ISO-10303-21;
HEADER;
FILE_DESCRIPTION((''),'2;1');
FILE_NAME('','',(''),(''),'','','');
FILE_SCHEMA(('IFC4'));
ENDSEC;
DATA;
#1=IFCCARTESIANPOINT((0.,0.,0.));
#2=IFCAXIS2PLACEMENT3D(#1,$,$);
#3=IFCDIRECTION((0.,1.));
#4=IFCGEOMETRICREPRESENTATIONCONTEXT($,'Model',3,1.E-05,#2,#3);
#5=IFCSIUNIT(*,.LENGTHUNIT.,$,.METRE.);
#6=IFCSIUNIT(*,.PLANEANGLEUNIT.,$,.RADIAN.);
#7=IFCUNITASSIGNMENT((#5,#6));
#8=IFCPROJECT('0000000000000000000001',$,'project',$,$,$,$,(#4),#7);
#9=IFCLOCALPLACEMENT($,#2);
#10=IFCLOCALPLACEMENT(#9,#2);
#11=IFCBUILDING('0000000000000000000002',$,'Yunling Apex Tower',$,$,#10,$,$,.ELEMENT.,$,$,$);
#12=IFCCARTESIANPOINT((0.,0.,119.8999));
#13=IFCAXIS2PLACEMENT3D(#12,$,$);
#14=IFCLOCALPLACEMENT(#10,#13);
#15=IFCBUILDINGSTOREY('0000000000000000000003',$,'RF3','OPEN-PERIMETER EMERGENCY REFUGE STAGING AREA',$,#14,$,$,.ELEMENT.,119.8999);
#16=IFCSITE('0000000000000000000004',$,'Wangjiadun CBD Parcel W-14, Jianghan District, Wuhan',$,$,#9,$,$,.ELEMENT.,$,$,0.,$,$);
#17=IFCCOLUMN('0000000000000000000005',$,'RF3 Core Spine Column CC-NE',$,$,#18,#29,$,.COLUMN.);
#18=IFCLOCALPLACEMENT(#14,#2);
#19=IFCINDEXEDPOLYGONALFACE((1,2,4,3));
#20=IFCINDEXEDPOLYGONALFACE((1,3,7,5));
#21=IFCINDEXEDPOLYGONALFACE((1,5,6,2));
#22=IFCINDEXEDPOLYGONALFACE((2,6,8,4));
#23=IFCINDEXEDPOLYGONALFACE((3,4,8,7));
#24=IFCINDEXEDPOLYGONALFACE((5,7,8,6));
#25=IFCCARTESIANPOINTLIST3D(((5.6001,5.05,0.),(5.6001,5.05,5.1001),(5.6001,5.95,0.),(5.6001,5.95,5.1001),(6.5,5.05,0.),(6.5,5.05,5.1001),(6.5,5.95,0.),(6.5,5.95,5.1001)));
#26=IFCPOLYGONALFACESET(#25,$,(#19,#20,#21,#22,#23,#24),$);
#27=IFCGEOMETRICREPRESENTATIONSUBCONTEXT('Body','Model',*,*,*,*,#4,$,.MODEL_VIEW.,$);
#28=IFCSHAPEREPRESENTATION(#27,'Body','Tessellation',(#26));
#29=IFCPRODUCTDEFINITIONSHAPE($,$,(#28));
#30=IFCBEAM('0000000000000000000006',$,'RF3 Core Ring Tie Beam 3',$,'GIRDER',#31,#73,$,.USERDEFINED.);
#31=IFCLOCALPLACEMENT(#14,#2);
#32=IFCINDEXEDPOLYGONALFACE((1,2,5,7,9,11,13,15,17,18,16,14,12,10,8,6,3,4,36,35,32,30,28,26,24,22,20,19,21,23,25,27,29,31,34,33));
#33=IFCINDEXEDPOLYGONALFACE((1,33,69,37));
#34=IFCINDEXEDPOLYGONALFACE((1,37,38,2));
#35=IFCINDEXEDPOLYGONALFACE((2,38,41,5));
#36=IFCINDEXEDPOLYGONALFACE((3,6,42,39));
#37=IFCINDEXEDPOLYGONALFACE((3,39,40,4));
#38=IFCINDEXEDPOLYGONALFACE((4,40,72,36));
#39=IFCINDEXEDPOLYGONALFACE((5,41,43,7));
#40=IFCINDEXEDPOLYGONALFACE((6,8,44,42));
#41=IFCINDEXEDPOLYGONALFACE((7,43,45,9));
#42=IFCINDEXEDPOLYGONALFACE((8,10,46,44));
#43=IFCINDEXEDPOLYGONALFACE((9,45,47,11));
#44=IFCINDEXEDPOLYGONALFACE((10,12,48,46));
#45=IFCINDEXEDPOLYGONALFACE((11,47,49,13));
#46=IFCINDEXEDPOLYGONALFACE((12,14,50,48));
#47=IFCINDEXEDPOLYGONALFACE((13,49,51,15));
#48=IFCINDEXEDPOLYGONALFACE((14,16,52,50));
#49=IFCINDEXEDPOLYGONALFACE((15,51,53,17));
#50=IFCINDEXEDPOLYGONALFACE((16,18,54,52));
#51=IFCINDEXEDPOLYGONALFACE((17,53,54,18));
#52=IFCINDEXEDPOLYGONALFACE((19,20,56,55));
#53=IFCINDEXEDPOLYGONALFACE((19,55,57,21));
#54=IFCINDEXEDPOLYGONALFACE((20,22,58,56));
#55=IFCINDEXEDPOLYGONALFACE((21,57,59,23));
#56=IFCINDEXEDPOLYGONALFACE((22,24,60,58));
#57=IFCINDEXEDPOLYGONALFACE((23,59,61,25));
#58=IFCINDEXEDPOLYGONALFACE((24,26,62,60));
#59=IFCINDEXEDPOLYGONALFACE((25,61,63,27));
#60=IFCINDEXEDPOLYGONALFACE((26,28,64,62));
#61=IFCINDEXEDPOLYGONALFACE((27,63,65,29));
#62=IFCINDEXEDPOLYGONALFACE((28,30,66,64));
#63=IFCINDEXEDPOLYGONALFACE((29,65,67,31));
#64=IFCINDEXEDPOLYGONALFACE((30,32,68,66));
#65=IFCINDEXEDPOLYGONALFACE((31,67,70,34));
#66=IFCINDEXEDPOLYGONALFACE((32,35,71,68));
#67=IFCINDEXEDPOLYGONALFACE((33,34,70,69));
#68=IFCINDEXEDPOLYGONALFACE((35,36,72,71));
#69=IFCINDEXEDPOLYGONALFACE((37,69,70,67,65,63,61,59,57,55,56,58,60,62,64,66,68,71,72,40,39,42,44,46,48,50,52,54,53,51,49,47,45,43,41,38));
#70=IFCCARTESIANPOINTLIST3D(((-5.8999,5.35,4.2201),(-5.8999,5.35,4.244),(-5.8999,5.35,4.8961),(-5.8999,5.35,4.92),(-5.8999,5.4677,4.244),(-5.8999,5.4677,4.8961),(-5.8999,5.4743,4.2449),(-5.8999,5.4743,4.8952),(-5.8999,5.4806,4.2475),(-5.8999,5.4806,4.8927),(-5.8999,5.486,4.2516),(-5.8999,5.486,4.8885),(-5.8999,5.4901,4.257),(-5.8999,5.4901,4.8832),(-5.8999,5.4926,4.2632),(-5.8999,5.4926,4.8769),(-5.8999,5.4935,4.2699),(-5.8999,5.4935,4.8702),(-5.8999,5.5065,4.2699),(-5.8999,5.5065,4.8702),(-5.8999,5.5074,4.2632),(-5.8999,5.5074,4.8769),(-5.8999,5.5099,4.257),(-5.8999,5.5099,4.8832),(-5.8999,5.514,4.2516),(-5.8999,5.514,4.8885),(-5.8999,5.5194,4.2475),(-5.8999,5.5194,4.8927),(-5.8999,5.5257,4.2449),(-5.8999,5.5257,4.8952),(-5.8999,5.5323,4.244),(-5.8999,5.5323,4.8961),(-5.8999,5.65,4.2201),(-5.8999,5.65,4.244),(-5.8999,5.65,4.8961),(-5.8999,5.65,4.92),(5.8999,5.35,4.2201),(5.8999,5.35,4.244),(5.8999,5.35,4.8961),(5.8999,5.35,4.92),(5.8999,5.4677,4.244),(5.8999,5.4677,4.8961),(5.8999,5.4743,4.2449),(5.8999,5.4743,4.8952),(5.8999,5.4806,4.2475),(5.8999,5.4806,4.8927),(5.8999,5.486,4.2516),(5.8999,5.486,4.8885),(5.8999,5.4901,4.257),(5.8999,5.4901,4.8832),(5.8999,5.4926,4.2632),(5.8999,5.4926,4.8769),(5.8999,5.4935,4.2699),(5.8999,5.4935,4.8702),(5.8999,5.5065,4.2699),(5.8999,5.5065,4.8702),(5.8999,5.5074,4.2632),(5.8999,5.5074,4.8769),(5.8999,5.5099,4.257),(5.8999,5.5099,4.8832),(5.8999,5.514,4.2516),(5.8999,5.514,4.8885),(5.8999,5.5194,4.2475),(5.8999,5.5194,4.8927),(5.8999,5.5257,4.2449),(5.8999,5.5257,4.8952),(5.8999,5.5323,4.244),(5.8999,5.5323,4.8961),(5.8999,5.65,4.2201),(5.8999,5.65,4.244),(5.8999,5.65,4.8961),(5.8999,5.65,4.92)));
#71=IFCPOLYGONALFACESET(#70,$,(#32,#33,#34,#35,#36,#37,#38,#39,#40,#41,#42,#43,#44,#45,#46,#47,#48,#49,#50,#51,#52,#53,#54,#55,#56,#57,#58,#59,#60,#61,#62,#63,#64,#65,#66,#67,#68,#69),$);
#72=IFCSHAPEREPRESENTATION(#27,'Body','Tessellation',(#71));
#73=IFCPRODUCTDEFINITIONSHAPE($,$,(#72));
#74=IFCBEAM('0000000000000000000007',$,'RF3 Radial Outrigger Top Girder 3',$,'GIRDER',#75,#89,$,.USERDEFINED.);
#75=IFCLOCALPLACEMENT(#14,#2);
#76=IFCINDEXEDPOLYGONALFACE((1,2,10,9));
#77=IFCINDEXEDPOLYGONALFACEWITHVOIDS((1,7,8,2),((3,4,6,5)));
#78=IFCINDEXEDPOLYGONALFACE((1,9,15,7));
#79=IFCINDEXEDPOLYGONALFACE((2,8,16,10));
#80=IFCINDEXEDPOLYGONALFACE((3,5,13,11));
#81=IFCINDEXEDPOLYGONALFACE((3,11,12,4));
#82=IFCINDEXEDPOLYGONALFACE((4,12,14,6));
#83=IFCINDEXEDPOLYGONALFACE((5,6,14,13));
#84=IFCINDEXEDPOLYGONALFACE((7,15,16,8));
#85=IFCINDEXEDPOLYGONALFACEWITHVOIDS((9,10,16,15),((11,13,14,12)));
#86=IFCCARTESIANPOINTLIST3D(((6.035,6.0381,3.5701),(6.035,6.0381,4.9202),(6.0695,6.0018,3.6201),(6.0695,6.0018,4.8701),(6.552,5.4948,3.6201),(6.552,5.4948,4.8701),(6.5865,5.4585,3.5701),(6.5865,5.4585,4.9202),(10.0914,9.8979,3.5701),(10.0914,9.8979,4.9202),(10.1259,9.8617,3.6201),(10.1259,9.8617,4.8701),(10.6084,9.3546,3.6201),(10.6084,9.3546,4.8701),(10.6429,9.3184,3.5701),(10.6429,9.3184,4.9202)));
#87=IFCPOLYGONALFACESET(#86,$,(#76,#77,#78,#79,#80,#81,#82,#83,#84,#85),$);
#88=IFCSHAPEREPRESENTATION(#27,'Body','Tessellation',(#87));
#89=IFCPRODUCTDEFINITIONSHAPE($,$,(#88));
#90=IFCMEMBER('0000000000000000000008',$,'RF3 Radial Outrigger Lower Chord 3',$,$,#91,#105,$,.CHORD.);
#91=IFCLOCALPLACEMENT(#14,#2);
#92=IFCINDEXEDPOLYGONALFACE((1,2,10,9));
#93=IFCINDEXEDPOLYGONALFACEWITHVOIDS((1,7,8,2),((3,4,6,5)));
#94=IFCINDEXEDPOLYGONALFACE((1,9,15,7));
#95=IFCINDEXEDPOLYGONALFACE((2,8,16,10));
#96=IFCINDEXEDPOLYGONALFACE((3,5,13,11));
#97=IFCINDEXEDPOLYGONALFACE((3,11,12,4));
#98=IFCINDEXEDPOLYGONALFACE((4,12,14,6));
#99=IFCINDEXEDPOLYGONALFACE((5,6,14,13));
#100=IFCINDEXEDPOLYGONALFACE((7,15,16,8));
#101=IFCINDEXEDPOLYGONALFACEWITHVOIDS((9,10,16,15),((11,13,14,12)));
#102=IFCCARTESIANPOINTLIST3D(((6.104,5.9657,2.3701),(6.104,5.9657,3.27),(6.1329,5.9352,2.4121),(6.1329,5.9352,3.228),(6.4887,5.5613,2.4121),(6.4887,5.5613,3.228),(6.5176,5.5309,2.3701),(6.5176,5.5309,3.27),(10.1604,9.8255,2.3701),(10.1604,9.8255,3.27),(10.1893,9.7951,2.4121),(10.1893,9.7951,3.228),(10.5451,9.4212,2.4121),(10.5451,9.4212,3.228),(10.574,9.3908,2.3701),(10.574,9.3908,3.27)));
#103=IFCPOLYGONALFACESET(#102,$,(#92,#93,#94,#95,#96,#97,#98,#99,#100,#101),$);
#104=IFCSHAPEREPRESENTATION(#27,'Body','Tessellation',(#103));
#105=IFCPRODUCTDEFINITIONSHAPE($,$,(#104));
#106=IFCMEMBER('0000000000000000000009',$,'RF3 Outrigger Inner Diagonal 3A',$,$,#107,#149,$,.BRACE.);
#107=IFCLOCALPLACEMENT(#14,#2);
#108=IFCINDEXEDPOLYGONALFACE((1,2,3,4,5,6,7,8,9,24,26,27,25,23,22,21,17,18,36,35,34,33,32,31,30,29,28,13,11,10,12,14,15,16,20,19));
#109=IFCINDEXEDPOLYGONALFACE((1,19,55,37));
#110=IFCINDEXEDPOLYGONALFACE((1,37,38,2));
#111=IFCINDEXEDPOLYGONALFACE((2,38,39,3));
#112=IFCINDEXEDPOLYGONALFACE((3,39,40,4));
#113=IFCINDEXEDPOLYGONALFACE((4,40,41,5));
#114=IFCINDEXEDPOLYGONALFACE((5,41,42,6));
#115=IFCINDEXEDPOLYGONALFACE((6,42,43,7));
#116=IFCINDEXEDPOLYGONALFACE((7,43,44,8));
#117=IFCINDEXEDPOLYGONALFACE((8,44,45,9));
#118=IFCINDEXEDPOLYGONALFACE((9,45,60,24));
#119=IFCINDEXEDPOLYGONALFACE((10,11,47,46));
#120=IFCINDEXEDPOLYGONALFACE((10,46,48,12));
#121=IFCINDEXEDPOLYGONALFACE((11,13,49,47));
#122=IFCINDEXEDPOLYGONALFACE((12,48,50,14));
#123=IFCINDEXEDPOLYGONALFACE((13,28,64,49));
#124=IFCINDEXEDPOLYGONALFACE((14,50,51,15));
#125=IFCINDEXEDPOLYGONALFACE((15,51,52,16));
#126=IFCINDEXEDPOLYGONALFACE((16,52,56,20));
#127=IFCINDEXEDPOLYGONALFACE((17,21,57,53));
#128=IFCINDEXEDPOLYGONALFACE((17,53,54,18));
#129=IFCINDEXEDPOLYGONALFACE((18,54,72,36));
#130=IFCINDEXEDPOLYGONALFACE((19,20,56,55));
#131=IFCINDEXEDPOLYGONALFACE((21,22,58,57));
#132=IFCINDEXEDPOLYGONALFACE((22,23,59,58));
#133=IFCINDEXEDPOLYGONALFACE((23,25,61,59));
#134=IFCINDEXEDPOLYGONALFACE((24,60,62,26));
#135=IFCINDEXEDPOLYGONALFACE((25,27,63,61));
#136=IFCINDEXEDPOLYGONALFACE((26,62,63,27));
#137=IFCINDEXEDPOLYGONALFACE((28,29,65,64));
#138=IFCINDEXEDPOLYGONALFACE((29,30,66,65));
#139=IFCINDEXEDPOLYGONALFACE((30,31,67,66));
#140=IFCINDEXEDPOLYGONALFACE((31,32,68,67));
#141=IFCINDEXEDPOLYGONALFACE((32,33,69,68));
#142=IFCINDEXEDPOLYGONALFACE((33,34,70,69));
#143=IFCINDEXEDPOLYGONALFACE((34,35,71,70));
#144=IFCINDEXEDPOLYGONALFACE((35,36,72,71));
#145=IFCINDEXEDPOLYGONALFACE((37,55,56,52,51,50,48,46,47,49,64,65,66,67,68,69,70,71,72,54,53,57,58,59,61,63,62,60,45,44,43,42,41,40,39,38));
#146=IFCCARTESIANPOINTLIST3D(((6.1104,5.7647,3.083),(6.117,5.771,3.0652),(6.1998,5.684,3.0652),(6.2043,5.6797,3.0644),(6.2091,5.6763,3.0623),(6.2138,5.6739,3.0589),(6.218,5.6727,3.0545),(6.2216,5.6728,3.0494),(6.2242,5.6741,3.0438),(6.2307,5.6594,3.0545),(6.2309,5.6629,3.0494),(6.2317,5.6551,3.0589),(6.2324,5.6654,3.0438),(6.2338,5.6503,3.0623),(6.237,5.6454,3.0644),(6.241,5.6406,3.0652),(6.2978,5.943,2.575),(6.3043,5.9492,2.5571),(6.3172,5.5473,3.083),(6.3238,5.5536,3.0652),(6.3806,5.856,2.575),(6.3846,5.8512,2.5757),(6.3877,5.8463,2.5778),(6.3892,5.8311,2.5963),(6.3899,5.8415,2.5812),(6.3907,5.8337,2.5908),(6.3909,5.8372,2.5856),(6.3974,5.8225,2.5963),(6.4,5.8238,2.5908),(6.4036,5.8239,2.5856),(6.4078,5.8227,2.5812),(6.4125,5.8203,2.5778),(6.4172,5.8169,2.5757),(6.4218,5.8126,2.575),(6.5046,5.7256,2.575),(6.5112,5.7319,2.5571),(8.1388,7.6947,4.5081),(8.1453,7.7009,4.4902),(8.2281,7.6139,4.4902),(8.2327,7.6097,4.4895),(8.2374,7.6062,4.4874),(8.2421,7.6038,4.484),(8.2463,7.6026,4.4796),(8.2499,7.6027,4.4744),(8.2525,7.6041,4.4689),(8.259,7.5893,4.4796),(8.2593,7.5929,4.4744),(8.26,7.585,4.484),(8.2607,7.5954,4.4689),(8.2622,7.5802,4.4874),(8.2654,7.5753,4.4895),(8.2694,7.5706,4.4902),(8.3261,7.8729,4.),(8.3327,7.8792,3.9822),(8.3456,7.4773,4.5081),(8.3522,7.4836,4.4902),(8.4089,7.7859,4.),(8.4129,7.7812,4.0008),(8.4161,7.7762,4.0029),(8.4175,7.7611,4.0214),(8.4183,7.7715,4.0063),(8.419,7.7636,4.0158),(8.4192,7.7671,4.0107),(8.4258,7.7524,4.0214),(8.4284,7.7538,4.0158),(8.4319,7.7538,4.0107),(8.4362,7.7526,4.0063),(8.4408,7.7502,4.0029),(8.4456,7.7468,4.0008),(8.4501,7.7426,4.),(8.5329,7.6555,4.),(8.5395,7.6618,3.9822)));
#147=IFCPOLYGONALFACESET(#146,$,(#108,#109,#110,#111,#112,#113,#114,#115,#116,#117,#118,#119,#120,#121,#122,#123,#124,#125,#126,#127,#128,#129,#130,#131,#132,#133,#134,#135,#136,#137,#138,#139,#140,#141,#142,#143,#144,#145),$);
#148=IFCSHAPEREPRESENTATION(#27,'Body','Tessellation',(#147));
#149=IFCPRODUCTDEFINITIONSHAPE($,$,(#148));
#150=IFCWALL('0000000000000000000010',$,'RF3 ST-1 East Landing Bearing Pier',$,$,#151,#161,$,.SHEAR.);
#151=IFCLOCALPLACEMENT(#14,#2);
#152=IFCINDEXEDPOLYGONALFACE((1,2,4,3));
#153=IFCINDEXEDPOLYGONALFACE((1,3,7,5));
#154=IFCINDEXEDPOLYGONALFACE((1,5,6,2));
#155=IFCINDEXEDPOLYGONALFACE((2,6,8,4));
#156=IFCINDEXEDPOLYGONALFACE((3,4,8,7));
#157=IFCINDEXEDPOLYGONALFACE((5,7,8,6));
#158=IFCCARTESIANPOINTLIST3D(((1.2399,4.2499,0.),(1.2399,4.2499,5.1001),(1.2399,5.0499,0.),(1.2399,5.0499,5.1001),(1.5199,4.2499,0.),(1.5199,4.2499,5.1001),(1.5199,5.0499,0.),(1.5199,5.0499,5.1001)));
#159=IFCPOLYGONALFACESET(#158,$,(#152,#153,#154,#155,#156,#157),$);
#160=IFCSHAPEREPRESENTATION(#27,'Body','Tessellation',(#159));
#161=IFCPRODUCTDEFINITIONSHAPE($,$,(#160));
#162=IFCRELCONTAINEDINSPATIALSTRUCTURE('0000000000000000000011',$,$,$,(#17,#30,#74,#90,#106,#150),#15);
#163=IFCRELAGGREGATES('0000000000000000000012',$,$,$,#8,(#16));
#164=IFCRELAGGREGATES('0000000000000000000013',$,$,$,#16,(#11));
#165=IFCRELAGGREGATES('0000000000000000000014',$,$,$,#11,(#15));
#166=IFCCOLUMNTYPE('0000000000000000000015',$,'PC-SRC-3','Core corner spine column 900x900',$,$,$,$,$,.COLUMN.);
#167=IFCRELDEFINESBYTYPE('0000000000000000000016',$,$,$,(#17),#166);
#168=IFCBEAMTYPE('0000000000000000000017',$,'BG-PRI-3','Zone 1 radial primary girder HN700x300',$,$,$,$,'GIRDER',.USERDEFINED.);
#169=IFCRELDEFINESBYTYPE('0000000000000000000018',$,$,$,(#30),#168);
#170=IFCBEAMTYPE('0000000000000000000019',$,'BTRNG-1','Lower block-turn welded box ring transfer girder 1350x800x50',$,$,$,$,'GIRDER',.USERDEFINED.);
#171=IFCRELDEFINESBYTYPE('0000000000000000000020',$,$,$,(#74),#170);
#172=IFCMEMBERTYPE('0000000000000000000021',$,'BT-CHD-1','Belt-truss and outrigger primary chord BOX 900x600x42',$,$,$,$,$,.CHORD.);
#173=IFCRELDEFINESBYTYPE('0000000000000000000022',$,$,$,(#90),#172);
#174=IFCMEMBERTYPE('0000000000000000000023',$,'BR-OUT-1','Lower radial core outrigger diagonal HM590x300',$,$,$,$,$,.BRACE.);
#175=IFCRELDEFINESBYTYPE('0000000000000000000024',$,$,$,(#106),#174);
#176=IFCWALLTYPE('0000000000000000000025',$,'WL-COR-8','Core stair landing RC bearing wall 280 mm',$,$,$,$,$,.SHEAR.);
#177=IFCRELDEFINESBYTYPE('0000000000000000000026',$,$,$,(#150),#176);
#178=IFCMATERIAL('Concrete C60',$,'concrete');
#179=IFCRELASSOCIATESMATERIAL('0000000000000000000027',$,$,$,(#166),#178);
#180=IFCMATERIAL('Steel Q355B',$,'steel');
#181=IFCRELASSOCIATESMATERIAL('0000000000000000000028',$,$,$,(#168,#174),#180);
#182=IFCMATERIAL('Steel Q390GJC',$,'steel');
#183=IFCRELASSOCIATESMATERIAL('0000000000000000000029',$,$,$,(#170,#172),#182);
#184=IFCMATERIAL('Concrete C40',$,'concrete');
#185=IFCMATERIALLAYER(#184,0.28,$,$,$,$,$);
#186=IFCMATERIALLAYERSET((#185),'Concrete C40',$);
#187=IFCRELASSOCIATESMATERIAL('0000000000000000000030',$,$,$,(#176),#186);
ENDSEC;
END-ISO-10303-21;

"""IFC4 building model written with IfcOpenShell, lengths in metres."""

from ifc_helpers import new_model, si_unit, direction, frame, frame_2d, origin, origin_2d, place, context, subcontext, project, spatial, rectangle, hollow_rectangle, i_section, extrude, source, transform, mapped, material, layer, layer_set, material_profile, profile_set, type_object, element, save


model = new_model("IFC4")

# Units and contexts
model_context = context("Model", 3, precision=1e-05, world=origin(), true_north=direction((0.0, 1.0)))
body_context = subcontext(model_context, "Body", "Model", "MODEL_VIEW")
ifc_project = project(units=[si_unit("LENGTHUNIT", "METRE"), si_unit("PLANEANGLEUNIT", "RADIAN")], contexts=[model_context])

# Site, building, storey
site_placement = place(None, origin())
site = spatial("IfcSite", under=ifc_project, at=site_placement, Name="Wangjiadun CBD Parcel W-14, Jianghan District, Wuhan", CompositionType="ELEMENT", RefElevation=0.0)
building_placement = place(site_placement, origin())
building = spatial("IfcBuilding", under=site, at=building_placement, Name="Yunling Apex Tower", CompositionType="ELEMENT")
storey_placement = place(building_placement, frame((0.0, 0.0, 119.8999)))
storey = spatial("IfcBuildingStorey", under=building, at=storey_placement, Name="RF3", Description="OPEN-PERIMETER EMERGENCY REFUGE STAGING AREA", CompositionType="ELEMENT", Elevation=119.8999)

# Column
ifc_material_1 = material(Name="Concrete C60", Category="concrete")
ifc_material_profile_1 = material_profile(ifc_material_1, rectangle(XDim=0.8999, YDim=0.8999, at=origin_2d()))
ifc_profile_set_1 = profile_set([ifc_material_profile_1], Name="Concrete C60")
column_type = type_object("IfcColumnType", Name="PC-SRC-3", Description="Core corner spine column 900x900", PredefinedType="COLUMN", material=ifc_profile_set_1)
shared_shape_1 = source(origin(), body_context, "Body", "SweptSolid", [
    extrude(rectangle(XDim=0.8999, YDim=0.8999, at=origin_2d()), origin(), (0.0, 0.0, 1.0), 5.1001),
])
column_placement = place(storey_placement, frame((6.05, 5.5, 0.0), z_axis=(0.0, 0.0, 1.0), x_axis=(1.0, 0.0, 0.0)))
element("IfcColumn", 1, at=column_placement, inside=storey, type_object=column_type, Name="RF3 Core Spine Column CC-NE", PredefinedType="COLUMN", context=body_context, shape_type="MappedRepresentation", body=[
    mapped(shared_shape_1, transform((0.0, 0.0, 0.0), scale=1.0)),
])

# Beams
ifc_material_2 = material(Name="Steel Q355B", Category="steel")
ifc_material_profile_2 = material_profile(ifc_material_2, i_section(OverallWidth=0.3, OverallDepth=0.7, WebThickness=0.0129, FlangeThickness=0.0239, FilletRadius=0.0259, at=origin_2d()))
ifc_profile_set_2 = profile_set([ifc_material_profile_2], Name="Steel Q355B")
beam_type_1 = type_object("IfcBeamType", Name="BG-PRI-3", Description="Zone 1 radial primary girder HN700x300", ElementType="GIRDER", PredefinedType="USERDEFINED", material=ifc_profile_set_2)
shared_shape_2 = source(origin(), body_context, "Body", "SweptSolid", [
    extrude(i_section(OverallWidth=0.3, OverallDepth=0.7, WebThickness=0.0129, FlangeThickness=0.0239, FilletRadius=0.0259, at=origin_2d()), origin(), (0.0, 0.0, 1.0), 11.7998),
])
beam_1_placement = place(storey_placement, frame((5.8999, 5.5, 4.5701), z_axis=(-1.0, 0.0, 0.0), x_axis=(0.0, -1.0, 0.0)))
element("IfcBeam", 2, at=beam_1_placement, inside=storey, type_object=beam_type_1, Name="RF3 Core Ring Tie Beam 3", ObjectType="GIRDER", PredefinedType="USERDEFINED", context=body_context, shape_type="MappedRepresentation", body=[
    mapped(shared_shape_2, transform((0.0, 0.0, 0.0), scale=1.0)),
])
ifc_material_3 = material(Name="Steel Q390GJC", Category="steel")
ifc_material_profile_3 = material_profile(ifc_material_3, hollow_rectangle(XDim=0.8, YDim=1.3501, WallThickness=0.05, at=origin_2d()))
ifc_profile_set_3 = profile_set([ifc_material_profile_3], Name="Steel Q390GJC")
beam_type_2 = type_object("IfcBeamType", Name="BTRNG-1", Description="Lower block-turn welded box ring transfer girder 1350x800x50", ElementType="GIRDER", PredefinedType="USERDEFINED", material=ifc_profile_set_3)
shared_shape_3 = source(origin(), body_context, "Body", "SweptSolid", [
    extrude(hollow_rectangle(XDim=0.8, YDim=1.3501, WallThickness=0.05, at=origin_2d()), origin(), (0.0, 0.0, 1.0), 5.5994),
])
beam_2_placement = place(storey_placement, frame((6.3108, 5.7483, 4.2451), z_axis=(0.724439, 0.689339, 0.0), x_axis=(-0.689339, 0.724439, 0.0)))
element("IfcBeam", 3, at=beam_2_placement, inside=storey, type_object=beam_type_2, Name="RF3 Radial Outrigger Top Girder 3", ObjectType="GIRDER", PredefinedType="USERDEFINED", context=body_context, shape_type="MappedRepresentation", body=[
    mapped(shared_shape_3, transform((0.0, 0.0, 0.0), scale=1.0)),
])

# Members
ifc_material_profile_4 = material_profile(ifc_material_3, hollow_rectangle(XDim=0.6001, YDim=0.8999, WallThickness=0.042, at=origin_2d()))
ifc_profile_set_4 = profile_set([ifc_material_profile_4], Name="Steel Q390GJC")
member_type_1 = type_object("IfcMemberType", Name="BT-CHD-1", Description="Belt-truss and outrigger primary chord BOX 900x600x42", PredefinedType="CHORD", material=ifc_profile_set_4)
shared_shape_4 = source(origin(), body_context, "Body", "SweptSolid", [
    extrude(hollow_rectangle(XDim=0.6001, YDim=0.8999, WallThickness=0.042, at=origin_2d()), origin(), (0.0, 0.0, 1.0), 5.5994),
])
member_1_placement = place(storey_placement, frame((6.3108, 5.7483, 2.8201), z_axis=(0.724439, 0.689339, 0.0), x_axis=(-0.689339, 0.724439, 0.0)))
element("IfcMember", 4, at=member_1_placement, inside=storey, type_object=member_type_1, Name="RF3 Radial Outrigger Lower Chord 3", PredefinedType="CHORD", context=body_context, shape_type="MappedRepresentation", body=[
    mapped(shared_shape_4, transform((0.0, 0.0, 0.0), scale=1.0)),
])
ifc_material_profile_5 = material_profile(ifc_material_2, i_section(OverallWidth=0.3, OverallDepth=0.5901, WebThickness=0.012, FlangeThickness=0.02, FilletRadius=0.0239, at=origin_2d()))
ifc_profile_set_5 = profile_set([ifc_material_profile_5], Name="Steel Q355B")
member_type_2 = type_object("IfcMemberType", Name="BR-OUT-1", Description="Lower radial core outrigger diagonal HM590x300", PredefinedType="BRACE", material=ifc_profile_set_5)
shared_shape_5 = source(origin(), body_context, "Body", "SweptSolid", [
    extrude(i_section(OverallWidth=0.3, OverallDepth=0.5901, WebThickness=0.012, FlangeThickness=0.02, FilletRadius=0.0239, at=origin_2d()), origin(), (0.0, 0.0, 1.0), 3.1416),
])
member_2_placement = place(storey_placement, frame((6.3108, 5.7483, 2.8201), z_axis=(0.645638, 0.61432, 0.45361), x_axis=(-0.689318, 0.724459, 0.0)))
element("IfcMember", 5, at=member_2_placement, inside=storey, type_object=member_type_2, Name="RF3 Outrigger Inner Diagonal 3A", PredefinedType="BRACE", context=body_context, shape_type="MappedRepresentation", body=[
    mapped(shared_shape_5, transform((0.0, 0.0, 0.0), scale=1.0)),
])

# Wall
ifc_material_4 = material(Name="Concrete C40", Category="concrete")
ifc_layer_1 = layer(ifc_material_4, 0.28)
ifc_layer_set_1 = layer_set([ifc_layer_1], Name="Concrete C40")
wall_type_1 = type_object("IfcWallType", Name="WL-COR-8", Description="Core stair landing RC bearing wall 280 mm", PredefinedType="SHEAR", material=ifc_layer_set_1)
wall_1_placement = place(storey_placement, frame((1.3799, 4.25, 0.0), z_axis=(0.0, 0.0, 1.0), x_axis=(0.0, 1.0, 0.0)))
element("IfcWall", 6, at=wall_1_placement, inside=storey, type_object=wall_type_1, Name="RF3 ST-1 East Landing Bearing Pier", PredefinedType="SHEAR", context=body_context, shape_type="SweptSolid", body=[
    extrude(rectangle(XDim=0.8, YDim=0.28, at=frame_2d((0.3999, 0.0))), origin(), (0.0, 0.0, 1.0), 5.1001),
])

save(model, "model.ifc")
